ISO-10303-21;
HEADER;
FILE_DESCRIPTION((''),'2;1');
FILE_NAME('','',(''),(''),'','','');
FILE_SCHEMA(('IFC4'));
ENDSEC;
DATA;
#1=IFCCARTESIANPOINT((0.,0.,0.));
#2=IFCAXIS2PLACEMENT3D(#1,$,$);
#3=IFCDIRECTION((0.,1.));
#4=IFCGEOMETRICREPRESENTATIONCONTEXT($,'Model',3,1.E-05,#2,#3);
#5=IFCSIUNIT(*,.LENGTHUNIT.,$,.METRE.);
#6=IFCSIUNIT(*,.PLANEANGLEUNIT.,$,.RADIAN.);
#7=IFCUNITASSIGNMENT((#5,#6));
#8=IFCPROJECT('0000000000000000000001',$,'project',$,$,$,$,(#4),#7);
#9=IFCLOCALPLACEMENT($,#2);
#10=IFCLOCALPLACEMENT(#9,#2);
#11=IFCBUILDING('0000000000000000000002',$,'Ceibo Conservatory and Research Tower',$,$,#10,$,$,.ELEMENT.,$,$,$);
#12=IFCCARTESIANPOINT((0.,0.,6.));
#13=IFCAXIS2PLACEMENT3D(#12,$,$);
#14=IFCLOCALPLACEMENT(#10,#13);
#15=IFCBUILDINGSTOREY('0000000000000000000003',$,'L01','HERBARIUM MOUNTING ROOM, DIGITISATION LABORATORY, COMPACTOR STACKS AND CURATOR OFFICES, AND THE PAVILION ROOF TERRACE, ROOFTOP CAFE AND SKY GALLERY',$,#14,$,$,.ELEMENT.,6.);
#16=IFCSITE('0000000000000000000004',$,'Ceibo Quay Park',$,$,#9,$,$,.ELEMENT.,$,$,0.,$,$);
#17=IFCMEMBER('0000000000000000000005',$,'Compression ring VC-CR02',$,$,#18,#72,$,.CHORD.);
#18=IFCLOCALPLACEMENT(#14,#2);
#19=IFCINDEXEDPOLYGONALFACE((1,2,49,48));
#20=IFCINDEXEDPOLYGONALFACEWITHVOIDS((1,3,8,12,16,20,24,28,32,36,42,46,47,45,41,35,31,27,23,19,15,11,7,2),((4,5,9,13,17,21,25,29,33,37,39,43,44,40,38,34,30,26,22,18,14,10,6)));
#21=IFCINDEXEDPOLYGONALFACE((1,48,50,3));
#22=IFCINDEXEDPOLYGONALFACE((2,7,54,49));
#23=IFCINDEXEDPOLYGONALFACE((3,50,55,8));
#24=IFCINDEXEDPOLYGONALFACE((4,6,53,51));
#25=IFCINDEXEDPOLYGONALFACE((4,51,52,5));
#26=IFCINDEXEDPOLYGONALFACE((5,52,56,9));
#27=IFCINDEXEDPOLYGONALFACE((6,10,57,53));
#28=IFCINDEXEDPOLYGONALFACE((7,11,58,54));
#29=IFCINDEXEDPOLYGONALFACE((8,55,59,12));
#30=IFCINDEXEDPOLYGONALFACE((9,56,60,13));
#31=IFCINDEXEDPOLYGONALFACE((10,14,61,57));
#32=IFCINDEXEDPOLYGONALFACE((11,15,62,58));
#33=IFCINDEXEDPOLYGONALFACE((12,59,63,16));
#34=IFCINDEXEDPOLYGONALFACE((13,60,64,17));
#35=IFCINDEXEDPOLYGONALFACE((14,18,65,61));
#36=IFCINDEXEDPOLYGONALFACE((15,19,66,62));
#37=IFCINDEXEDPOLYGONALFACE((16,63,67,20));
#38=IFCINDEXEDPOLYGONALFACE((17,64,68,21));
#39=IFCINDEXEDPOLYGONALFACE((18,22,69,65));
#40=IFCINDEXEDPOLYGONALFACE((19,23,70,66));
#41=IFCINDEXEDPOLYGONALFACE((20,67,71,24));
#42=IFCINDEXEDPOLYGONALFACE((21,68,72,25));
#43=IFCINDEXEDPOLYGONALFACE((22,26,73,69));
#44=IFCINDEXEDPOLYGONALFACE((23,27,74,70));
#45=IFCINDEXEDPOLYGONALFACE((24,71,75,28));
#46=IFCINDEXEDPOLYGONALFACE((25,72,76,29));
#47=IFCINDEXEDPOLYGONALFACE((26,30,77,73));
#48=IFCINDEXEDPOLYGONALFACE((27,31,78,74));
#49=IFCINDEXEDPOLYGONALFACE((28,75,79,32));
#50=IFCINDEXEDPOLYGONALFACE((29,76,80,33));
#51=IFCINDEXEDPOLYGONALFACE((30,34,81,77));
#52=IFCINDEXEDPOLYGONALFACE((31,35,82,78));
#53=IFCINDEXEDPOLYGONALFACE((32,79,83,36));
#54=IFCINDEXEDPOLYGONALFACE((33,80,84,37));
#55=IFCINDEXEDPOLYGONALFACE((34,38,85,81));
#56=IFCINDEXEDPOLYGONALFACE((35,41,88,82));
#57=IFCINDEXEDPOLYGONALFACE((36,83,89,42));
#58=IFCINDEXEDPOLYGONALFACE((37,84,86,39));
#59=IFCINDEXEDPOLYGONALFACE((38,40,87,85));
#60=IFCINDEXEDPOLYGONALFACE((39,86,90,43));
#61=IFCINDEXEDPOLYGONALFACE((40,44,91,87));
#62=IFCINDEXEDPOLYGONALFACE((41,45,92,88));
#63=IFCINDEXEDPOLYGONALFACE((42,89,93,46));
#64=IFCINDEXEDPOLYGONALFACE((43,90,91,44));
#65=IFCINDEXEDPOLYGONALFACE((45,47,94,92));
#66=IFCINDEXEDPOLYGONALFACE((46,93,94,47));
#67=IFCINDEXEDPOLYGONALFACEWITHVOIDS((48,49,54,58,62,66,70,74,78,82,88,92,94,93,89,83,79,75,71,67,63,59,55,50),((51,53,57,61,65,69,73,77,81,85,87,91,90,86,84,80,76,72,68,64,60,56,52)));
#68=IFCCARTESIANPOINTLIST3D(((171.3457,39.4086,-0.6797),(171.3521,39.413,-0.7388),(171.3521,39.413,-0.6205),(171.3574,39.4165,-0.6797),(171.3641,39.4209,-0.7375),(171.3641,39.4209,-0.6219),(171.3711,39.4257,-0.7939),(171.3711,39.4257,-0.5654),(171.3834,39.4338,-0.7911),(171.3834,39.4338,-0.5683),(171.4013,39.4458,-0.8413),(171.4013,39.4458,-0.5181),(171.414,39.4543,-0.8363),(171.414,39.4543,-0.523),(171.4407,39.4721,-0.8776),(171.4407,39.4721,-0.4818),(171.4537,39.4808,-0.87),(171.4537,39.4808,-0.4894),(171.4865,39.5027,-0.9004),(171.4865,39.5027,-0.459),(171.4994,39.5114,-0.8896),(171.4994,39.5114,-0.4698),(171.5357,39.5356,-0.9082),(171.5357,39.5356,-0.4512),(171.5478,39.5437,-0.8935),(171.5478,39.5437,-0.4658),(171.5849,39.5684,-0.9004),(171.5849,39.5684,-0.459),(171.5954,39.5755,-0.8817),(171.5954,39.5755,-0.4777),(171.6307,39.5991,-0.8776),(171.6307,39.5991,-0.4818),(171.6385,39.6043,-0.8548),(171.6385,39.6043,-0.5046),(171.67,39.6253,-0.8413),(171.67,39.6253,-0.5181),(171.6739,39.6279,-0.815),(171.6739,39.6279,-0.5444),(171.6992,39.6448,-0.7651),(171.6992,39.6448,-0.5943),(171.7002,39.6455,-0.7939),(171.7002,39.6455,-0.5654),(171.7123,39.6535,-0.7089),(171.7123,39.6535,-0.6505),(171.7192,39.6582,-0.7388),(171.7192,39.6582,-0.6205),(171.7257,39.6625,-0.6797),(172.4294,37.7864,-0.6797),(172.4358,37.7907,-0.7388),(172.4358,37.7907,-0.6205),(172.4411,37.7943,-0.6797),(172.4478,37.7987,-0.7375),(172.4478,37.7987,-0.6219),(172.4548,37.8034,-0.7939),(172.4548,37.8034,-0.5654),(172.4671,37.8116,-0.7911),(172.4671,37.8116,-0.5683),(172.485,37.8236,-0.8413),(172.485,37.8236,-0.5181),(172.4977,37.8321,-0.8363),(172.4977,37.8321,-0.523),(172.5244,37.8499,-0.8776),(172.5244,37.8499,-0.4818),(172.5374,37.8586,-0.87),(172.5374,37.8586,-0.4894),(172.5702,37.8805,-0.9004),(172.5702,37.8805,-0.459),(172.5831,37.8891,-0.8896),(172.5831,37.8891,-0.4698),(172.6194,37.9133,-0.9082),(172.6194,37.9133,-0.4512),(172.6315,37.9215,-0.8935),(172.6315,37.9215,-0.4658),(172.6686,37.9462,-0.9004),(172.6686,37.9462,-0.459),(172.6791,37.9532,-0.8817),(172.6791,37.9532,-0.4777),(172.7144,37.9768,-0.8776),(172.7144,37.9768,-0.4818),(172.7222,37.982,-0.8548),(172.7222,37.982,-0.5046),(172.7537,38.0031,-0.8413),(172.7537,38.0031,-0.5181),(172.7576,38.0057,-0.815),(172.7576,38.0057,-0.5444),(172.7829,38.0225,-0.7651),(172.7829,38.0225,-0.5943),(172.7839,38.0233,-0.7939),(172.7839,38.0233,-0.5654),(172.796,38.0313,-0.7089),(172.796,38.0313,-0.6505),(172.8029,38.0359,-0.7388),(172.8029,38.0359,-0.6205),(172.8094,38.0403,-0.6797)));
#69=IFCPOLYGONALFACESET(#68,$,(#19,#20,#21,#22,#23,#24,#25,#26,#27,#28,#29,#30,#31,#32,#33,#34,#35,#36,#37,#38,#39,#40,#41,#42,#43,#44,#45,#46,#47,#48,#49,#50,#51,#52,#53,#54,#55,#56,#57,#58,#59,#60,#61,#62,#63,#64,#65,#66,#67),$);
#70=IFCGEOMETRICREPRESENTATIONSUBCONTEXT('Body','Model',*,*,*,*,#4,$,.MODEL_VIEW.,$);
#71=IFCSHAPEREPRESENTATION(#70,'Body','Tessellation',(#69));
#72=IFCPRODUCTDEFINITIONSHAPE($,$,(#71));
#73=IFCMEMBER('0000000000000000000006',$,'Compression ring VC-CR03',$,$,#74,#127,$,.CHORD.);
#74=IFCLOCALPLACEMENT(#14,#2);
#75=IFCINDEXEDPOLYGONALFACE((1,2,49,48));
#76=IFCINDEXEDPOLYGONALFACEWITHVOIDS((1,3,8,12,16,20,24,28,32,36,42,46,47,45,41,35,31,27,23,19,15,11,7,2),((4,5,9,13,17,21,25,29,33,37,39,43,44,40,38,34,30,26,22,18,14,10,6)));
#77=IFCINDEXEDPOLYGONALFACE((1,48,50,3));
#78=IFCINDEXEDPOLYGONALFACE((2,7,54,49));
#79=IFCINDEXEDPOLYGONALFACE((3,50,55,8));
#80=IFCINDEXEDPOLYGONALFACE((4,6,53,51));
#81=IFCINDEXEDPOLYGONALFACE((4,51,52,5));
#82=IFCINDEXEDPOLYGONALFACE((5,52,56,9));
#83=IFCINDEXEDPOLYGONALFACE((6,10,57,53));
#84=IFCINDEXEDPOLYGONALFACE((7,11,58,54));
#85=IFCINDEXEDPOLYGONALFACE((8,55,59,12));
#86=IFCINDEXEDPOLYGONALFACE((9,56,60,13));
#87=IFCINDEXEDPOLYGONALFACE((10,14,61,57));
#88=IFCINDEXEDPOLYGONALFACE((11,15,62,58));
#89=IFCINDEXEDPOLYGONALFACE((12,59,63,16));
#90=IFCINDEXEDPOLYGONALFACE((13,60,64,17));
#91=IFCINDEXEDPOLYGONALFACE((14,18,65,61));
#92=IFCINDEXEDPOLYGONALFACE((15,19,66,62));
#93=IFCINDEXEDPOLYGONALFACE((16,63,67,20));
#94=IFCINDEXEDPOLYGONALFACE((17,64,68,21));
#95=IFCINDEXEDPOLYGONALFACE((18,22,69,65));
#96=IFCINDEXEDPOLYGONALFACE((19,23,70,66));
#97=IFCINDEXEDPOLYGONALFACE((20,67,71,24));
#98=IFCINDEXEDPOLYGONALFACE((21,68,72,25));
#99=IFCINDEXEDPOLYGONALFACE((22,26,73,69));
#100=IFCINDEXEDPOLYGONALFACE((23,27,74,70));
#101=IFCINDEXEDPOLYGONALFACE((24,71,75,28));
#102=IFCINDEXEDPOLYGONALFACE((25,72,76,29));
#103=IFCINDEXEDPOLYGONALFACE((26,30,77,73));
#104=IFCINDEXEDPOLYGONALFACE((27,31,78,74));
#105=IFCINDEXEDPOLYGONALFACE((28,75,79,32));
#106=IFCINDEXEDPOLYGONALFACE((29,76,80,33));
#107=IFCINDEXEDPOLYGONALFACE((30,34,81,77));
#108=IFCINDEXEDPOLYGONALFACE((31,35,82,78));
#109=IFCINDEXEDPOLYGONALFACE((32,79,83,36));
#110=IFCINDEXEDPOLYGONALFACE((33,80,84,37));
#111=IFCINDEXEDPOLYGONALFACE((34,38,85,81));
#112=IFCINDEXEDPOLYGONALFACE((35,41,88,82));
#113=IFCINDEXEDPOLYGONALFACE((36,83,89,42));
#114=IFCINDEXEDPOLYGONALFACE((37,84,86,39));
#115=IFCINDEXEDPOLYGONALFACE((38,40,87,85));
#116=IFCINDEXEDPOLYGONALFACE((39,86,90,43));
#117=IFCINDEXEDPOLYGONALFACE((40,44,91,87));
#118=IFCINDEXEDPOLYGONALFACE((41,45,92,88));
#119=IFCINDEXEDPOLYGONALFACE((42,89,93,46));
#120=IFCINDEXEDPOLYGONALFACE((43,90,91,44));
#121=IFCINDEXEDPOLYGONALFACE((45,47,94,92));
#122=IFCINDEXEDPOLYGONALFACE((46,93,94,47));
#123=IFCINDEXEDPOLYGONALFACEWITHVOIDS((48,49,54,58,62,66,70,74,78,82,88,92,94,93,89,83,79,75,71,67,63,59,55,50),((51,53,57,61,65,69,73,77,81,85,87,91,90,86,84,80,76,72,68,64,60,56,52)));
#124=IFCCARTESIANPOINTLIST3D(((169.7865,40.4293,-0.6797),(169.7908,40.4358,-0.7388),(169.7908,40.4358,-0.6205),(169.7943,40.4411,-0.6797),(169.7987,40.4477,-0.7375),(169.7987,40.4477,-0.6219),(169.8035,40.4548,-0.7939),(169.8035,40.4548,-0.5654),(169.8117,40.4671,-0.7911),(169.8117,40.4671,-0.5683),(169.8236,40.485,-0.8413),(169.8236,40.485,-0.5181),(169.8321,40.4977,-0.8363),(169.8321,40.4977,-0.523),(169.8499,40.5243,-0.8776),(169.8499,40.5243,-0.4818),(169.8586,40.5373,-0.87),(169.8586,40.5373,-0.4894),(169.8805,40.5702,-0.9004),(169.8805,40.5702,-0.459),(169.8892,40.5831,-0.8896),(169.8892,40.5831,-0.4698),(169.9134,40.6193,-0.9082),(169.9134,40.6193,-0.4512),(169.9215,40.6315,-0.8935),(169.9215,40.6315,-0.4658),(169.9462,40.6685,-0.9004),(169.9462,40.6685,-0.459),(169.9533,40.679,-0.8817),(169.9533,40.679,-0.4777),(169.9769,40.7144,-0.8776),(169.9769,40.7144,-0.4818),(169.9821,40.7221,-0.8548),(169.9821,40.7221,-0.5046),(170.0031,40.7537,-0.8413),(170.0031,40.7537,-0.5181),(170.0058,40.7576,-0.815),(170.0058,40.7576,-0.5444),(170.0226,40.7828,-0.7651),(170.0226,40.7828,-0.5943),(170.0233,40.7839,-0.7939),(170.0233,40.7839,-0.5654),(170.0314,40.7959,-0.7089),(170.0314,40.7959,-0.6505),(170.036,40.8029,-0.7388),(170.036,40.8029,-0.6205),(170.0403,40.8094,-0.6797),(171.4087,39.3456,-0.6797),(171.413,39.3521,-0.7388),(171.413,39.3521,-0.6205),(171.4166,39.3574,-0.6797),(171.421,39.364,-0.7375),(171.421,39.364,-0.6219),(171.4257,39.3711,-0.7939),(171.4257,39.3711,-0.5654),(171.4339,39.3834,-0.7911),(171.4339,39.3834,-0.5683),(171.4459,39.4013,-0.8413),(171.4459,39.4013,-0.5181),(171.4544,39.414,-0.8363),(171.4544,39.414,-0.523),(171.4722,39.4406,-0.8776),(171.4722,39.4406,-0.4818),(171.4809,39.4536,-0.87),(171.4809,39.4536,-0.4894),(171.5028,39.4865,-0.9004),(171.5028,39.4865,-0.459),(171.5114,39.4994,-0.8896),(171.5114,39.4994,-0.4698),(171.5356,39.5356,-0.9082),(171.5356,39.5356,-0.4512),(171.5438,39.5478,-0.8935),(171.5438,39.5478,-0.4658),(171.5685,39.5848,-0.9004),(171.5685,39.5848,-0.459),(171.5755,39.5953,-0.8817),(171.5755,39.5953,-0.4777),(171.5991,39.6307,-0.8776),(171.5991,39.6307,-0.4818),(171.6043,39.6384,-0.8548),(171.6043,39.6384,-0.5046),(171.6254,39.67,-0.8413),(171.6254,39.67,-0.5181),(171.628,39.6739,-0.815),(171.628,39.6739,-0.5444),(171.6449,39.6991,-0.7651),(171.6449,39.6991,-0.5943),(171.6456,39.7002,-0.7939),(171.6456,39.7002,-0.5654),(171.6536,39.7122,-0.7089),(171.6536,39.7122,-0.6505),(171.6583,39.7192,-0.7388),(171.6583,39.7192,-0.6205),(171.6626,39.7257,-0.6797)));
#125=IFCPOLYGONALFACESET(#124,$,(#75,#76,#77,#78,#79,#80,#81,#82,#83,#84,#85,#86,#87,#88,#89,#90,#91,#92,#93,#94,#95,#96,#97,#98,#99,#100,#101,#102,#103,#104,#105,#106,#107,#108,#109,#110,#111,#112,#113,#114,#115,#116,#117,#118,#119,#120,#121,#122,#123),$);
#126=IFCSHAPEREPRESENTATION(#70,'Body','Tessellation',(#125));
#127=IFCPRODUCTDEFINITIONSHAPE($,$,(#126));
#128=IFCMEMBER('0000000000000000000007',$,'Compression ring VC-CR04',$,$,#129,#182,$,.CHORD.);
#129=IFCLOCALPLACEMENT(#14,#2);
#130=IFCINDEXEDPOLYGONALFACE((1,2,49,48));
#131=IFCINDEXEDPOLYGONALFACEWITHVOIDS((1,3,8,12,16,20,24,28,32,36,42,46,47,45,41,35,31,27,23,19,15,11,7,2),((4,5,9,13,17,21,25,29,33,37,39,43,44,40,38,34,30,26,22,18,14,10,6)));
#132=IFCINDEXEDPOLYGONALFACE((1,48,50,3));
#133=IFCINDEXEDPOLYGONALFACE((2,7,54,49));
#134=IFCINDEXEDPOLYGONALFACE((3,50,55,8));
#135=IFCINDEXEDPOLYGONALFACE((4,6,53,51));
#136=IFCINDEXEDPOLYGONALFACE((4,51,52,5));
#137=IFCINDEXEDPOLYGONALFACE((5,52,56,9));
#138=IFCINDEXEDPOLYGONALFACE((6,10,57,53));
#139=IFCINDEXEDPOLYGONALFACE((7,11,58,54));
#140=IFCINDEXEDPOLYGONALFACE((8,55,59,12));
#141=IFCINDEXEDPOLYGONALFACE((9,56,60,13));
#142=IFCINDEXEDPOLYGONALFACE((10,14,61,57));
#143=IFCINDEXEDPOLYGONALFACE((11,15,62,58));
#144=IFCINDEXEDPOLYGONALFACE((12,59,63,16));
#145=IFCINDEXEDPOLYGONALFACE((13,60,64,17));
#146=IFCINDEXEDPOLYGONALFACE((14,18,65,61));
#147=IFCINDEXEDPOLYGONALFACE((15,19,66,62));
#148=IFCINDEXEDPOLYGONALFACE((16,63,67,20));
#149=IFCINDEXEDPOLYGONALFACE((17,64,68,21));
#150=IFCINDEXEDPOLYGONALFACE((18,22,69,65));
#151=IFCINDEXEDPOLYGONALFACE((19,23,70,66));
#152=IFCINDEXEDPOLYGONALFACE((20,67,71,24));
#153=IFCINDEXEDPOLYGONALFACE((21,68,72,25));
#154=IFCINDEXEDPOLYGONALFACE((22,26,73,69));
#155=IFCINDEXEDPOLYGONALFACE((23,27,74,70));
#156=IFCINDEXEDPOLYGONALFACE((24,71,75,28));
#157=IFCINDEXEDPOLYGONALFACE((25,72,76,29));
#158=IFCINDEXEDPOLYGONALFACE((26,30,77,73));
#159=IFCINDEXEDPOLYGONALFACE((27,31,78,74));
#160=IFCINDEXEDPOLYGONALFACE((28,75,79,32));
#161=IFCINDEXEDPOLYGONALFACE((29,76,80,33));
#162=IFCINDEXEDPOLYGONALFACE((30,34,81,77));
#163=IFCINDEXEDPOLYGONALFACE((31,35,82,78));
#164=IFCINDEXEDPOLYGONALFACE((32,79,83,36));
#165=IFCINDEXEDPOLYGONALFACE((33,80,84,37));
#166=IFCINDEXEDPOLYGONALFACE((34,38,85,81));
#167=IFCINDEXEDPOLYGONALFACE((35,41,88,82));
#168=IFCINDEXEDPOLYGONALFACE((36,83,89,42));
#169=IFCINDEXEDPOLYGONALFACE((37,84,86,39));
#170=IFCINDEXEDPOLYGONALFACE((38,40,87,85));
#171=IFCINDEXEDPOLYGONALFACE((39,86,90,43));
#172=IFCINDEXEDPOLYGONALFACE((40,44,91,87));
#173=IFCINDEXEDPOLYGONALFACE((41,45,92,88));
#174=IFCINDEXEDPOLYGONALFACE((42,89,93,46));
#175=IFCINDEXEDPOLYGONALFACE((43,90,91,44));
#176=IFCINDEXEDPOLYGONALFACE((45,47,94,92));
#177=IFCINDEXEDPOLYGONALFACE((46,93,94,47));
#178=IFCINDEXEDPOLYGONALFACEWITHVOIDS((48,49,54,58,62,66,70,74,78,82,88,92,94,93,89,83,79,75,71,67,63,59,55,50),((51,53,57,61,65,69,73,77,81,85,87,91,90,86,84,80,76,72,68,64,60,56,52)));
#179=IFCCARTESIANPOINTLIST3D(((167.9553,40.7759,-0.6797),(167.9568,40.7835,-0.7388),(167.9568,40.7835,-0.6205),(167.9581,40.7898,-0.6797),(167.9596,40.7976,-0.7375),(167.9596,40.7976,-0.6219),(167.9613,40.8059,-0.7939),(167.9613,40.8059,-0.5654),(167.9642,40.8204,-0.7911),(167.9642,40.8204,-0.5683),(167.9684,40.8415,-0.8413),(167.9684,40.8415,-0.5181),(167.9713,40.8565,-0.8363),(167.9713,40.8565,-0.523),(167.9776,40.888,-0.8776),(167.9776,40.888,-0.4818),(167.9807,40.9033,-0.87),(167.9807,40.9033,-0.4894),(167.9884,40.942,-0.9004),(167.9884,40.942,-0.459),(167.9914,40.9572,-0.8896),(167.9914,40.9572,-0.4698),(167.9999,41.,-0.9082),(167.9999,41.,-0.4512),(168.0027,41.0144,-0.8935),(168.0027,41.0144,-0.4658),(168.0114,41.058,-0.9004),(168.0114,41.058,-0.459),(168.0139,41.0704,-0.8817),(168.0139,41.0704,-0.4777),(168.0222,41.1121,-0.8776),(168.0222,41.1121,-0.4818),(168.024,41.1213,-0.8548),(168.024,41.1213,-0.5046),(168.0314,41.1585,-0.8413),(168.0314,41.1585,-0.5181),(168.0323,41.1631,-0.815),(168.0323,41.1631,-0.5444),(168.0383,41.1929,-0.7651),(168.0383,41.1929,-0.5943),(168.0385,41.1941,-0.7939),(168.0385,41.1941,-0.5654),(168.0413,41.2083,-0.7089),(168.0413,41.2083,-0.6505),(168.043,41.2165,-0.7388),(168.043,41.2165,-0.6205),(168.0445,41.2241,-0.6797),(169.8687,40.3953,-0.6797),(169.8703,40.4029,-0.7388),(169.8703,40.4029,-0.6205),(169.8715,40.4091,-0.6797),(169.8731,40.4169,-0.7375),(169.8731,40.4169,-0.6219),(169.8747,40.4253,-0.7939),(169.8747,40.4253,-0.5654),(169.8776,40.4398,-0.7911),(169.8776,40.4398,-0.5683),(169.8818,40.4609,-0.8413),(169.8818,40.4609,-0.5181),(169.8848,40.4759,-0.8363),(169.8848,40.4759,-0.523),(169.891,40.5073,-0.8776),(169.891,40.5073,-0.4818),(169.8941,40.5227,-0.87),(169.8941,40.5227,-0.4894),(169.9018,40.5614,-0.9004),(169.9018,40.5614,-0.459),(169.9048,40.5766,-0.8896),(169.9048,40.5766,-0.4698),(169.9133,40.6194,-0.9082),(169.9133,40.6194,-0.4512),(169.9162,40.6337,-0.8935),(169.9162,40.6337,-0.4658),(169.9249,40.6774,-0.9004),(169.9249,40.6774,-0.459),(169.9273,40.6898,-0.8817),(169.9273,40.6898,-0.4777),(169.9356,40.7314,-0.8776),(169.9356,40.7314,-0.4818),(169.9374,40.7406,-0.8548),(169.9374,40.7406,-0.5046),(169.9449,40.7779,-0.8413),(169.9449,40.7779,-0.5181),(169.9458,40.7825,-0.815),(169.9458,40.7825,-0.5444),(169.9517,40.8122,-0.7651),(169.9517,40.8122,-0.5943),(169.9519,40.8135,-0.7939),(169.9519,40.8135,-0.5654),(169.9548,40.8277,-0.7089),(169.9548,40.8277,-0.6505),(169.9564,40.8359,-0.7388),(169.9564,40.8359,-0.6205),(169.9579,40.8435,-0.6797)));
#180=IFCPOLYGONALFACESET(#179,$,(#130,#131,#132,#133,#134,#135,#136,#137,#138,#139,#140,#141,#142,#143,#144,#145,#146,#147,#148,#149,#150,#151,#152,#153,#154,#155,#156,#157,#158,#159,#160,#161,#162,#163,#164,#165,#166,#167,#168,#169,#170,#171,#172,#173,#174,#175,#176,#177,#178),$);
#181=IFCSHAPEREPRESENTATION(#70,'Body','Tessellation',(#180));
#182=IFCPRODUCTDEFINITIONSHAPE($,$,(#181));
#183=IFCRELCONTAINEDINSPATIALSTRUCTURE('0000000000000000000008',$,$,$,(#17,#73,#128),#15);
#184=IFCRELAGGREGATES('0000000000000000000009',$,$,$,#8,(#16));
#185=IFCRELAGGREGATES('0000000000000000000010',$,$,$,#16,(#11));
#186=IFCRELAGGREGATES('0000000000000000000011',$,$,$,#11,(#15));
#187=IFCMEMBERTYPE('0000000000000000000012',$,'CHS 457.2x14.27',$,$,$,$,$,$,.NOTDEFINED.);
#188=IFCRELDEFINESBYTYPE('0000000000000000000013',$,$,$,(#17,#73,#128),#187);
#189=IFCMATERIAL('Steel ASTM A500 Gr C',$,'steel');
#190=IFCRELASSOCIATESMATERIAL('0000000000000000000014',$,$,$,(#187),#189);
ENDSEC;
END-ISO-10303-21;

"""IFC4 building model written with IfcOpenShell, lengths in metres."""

from ifc_helpers import new_model, si_unit, direction, frame, origin, origin_2d, place, context, subcontext, project, spatial, hollow_circle, extrude, material, material_profile, profile_set, type_object, element, save


model = new_model("IFC4")

# Units and contexts
model_context = context("Model", 3, precision=1e-05, world=origin(), true_north=direction((0.0, 1.0)))
body_context = subcontext(model_context, "Body", "Model", "MODEL_VIEW")
ifc_project = project(units=[si_unit("LENGTHUNIT", "METRE"), si_unit("PLANEANGLEUNIT", "RADIAN")], contexts=[model_context])

# Site, building, storey
site_placement = place(None, origin())
site = spatial("IfcSite", under=ifc_project, at=site_placement, Name="Ceibo Quay Park", CompositionType="ELEMENT", RefElevation=0.0)
building_placement = place(site_placement, origin())
building = spatial("IfcBuilding", under=site, at=building_placement, Name="Ceibo Conservatory and Research Tower", CompositionType="ELEMENT")
storey_placement = place(building_placement, frame((0.0, 0.0, 6.0)))
storey = spatial("IfcBuildingStorey", under=building, at=storey_placement, Name="L01", Description="HERBARIUM MOUNTING ROOM, DIGITISATION LABORATORY, COMPACTOR STACKS AND CURATOR OFFICES, AND THE PAVILION ROOF TERRACE, ROOFTOP CAFE AND SKY GALLERY", CompositionType="ELEMENT", Elevation=6.0)

# Members
ifc_material_1 = material(Name="Steel ASTM A500 Gr C", Category="steel")
ifc_material_profile_1 = material_profile(ifc_material_1, hollow_circle(Radius=0.2285, WallThickness=0.0142, at=origin_2d()), Name="CHS 457.2x14.27")
ifc_profile_set_1 = profile_set([ifc_material_profile_1], Name="Steel ASTM A500 Gr C")
member_type_1 = type_object("IfcMemberType", Name="CHS 457.2x14.27", PredefinedType="NOTDEFINED", material=ifc_profile_set_1)
for number, where, z_axis, x_axis, name in (
    (1, (172.6194, 37.9133, -0.6797), (-0.55548, 0.83153, 0.0), (-0.83153, -0.55548, 0.0), "Compression ring VC-CR02"),
    (2, (171.5356, 39.5356, -0.6797), (-0.83153, 0.55548, 0.0), (-0.55548, -0.83153, 0.0), "Compression ring VC-CR03"),
    (3, (169.9133, 40.6194, -0.6797), (-0.980782, 0.195105, 0.0), (-0.195105, -0.980782, 0.0), "Compression ring VC-CR04"),
):
    element("IfcMember", number, at=place(storey_placement, frame(where, z_axis=z_axis, x_axis=x_axis)), inside=storey, type_object=member_type_1, Name=name, PredefinedType="CHORD", context=body_context, shape_type="SweptSolid", body=[
        extrude(hollow_circle(Radius=0.2285, WallThickness=0.0142, at=origin_2d()), origin(), (0.0, 0.0, 1.0), 1.9509),
    ])

save(model, "model.ifc")
